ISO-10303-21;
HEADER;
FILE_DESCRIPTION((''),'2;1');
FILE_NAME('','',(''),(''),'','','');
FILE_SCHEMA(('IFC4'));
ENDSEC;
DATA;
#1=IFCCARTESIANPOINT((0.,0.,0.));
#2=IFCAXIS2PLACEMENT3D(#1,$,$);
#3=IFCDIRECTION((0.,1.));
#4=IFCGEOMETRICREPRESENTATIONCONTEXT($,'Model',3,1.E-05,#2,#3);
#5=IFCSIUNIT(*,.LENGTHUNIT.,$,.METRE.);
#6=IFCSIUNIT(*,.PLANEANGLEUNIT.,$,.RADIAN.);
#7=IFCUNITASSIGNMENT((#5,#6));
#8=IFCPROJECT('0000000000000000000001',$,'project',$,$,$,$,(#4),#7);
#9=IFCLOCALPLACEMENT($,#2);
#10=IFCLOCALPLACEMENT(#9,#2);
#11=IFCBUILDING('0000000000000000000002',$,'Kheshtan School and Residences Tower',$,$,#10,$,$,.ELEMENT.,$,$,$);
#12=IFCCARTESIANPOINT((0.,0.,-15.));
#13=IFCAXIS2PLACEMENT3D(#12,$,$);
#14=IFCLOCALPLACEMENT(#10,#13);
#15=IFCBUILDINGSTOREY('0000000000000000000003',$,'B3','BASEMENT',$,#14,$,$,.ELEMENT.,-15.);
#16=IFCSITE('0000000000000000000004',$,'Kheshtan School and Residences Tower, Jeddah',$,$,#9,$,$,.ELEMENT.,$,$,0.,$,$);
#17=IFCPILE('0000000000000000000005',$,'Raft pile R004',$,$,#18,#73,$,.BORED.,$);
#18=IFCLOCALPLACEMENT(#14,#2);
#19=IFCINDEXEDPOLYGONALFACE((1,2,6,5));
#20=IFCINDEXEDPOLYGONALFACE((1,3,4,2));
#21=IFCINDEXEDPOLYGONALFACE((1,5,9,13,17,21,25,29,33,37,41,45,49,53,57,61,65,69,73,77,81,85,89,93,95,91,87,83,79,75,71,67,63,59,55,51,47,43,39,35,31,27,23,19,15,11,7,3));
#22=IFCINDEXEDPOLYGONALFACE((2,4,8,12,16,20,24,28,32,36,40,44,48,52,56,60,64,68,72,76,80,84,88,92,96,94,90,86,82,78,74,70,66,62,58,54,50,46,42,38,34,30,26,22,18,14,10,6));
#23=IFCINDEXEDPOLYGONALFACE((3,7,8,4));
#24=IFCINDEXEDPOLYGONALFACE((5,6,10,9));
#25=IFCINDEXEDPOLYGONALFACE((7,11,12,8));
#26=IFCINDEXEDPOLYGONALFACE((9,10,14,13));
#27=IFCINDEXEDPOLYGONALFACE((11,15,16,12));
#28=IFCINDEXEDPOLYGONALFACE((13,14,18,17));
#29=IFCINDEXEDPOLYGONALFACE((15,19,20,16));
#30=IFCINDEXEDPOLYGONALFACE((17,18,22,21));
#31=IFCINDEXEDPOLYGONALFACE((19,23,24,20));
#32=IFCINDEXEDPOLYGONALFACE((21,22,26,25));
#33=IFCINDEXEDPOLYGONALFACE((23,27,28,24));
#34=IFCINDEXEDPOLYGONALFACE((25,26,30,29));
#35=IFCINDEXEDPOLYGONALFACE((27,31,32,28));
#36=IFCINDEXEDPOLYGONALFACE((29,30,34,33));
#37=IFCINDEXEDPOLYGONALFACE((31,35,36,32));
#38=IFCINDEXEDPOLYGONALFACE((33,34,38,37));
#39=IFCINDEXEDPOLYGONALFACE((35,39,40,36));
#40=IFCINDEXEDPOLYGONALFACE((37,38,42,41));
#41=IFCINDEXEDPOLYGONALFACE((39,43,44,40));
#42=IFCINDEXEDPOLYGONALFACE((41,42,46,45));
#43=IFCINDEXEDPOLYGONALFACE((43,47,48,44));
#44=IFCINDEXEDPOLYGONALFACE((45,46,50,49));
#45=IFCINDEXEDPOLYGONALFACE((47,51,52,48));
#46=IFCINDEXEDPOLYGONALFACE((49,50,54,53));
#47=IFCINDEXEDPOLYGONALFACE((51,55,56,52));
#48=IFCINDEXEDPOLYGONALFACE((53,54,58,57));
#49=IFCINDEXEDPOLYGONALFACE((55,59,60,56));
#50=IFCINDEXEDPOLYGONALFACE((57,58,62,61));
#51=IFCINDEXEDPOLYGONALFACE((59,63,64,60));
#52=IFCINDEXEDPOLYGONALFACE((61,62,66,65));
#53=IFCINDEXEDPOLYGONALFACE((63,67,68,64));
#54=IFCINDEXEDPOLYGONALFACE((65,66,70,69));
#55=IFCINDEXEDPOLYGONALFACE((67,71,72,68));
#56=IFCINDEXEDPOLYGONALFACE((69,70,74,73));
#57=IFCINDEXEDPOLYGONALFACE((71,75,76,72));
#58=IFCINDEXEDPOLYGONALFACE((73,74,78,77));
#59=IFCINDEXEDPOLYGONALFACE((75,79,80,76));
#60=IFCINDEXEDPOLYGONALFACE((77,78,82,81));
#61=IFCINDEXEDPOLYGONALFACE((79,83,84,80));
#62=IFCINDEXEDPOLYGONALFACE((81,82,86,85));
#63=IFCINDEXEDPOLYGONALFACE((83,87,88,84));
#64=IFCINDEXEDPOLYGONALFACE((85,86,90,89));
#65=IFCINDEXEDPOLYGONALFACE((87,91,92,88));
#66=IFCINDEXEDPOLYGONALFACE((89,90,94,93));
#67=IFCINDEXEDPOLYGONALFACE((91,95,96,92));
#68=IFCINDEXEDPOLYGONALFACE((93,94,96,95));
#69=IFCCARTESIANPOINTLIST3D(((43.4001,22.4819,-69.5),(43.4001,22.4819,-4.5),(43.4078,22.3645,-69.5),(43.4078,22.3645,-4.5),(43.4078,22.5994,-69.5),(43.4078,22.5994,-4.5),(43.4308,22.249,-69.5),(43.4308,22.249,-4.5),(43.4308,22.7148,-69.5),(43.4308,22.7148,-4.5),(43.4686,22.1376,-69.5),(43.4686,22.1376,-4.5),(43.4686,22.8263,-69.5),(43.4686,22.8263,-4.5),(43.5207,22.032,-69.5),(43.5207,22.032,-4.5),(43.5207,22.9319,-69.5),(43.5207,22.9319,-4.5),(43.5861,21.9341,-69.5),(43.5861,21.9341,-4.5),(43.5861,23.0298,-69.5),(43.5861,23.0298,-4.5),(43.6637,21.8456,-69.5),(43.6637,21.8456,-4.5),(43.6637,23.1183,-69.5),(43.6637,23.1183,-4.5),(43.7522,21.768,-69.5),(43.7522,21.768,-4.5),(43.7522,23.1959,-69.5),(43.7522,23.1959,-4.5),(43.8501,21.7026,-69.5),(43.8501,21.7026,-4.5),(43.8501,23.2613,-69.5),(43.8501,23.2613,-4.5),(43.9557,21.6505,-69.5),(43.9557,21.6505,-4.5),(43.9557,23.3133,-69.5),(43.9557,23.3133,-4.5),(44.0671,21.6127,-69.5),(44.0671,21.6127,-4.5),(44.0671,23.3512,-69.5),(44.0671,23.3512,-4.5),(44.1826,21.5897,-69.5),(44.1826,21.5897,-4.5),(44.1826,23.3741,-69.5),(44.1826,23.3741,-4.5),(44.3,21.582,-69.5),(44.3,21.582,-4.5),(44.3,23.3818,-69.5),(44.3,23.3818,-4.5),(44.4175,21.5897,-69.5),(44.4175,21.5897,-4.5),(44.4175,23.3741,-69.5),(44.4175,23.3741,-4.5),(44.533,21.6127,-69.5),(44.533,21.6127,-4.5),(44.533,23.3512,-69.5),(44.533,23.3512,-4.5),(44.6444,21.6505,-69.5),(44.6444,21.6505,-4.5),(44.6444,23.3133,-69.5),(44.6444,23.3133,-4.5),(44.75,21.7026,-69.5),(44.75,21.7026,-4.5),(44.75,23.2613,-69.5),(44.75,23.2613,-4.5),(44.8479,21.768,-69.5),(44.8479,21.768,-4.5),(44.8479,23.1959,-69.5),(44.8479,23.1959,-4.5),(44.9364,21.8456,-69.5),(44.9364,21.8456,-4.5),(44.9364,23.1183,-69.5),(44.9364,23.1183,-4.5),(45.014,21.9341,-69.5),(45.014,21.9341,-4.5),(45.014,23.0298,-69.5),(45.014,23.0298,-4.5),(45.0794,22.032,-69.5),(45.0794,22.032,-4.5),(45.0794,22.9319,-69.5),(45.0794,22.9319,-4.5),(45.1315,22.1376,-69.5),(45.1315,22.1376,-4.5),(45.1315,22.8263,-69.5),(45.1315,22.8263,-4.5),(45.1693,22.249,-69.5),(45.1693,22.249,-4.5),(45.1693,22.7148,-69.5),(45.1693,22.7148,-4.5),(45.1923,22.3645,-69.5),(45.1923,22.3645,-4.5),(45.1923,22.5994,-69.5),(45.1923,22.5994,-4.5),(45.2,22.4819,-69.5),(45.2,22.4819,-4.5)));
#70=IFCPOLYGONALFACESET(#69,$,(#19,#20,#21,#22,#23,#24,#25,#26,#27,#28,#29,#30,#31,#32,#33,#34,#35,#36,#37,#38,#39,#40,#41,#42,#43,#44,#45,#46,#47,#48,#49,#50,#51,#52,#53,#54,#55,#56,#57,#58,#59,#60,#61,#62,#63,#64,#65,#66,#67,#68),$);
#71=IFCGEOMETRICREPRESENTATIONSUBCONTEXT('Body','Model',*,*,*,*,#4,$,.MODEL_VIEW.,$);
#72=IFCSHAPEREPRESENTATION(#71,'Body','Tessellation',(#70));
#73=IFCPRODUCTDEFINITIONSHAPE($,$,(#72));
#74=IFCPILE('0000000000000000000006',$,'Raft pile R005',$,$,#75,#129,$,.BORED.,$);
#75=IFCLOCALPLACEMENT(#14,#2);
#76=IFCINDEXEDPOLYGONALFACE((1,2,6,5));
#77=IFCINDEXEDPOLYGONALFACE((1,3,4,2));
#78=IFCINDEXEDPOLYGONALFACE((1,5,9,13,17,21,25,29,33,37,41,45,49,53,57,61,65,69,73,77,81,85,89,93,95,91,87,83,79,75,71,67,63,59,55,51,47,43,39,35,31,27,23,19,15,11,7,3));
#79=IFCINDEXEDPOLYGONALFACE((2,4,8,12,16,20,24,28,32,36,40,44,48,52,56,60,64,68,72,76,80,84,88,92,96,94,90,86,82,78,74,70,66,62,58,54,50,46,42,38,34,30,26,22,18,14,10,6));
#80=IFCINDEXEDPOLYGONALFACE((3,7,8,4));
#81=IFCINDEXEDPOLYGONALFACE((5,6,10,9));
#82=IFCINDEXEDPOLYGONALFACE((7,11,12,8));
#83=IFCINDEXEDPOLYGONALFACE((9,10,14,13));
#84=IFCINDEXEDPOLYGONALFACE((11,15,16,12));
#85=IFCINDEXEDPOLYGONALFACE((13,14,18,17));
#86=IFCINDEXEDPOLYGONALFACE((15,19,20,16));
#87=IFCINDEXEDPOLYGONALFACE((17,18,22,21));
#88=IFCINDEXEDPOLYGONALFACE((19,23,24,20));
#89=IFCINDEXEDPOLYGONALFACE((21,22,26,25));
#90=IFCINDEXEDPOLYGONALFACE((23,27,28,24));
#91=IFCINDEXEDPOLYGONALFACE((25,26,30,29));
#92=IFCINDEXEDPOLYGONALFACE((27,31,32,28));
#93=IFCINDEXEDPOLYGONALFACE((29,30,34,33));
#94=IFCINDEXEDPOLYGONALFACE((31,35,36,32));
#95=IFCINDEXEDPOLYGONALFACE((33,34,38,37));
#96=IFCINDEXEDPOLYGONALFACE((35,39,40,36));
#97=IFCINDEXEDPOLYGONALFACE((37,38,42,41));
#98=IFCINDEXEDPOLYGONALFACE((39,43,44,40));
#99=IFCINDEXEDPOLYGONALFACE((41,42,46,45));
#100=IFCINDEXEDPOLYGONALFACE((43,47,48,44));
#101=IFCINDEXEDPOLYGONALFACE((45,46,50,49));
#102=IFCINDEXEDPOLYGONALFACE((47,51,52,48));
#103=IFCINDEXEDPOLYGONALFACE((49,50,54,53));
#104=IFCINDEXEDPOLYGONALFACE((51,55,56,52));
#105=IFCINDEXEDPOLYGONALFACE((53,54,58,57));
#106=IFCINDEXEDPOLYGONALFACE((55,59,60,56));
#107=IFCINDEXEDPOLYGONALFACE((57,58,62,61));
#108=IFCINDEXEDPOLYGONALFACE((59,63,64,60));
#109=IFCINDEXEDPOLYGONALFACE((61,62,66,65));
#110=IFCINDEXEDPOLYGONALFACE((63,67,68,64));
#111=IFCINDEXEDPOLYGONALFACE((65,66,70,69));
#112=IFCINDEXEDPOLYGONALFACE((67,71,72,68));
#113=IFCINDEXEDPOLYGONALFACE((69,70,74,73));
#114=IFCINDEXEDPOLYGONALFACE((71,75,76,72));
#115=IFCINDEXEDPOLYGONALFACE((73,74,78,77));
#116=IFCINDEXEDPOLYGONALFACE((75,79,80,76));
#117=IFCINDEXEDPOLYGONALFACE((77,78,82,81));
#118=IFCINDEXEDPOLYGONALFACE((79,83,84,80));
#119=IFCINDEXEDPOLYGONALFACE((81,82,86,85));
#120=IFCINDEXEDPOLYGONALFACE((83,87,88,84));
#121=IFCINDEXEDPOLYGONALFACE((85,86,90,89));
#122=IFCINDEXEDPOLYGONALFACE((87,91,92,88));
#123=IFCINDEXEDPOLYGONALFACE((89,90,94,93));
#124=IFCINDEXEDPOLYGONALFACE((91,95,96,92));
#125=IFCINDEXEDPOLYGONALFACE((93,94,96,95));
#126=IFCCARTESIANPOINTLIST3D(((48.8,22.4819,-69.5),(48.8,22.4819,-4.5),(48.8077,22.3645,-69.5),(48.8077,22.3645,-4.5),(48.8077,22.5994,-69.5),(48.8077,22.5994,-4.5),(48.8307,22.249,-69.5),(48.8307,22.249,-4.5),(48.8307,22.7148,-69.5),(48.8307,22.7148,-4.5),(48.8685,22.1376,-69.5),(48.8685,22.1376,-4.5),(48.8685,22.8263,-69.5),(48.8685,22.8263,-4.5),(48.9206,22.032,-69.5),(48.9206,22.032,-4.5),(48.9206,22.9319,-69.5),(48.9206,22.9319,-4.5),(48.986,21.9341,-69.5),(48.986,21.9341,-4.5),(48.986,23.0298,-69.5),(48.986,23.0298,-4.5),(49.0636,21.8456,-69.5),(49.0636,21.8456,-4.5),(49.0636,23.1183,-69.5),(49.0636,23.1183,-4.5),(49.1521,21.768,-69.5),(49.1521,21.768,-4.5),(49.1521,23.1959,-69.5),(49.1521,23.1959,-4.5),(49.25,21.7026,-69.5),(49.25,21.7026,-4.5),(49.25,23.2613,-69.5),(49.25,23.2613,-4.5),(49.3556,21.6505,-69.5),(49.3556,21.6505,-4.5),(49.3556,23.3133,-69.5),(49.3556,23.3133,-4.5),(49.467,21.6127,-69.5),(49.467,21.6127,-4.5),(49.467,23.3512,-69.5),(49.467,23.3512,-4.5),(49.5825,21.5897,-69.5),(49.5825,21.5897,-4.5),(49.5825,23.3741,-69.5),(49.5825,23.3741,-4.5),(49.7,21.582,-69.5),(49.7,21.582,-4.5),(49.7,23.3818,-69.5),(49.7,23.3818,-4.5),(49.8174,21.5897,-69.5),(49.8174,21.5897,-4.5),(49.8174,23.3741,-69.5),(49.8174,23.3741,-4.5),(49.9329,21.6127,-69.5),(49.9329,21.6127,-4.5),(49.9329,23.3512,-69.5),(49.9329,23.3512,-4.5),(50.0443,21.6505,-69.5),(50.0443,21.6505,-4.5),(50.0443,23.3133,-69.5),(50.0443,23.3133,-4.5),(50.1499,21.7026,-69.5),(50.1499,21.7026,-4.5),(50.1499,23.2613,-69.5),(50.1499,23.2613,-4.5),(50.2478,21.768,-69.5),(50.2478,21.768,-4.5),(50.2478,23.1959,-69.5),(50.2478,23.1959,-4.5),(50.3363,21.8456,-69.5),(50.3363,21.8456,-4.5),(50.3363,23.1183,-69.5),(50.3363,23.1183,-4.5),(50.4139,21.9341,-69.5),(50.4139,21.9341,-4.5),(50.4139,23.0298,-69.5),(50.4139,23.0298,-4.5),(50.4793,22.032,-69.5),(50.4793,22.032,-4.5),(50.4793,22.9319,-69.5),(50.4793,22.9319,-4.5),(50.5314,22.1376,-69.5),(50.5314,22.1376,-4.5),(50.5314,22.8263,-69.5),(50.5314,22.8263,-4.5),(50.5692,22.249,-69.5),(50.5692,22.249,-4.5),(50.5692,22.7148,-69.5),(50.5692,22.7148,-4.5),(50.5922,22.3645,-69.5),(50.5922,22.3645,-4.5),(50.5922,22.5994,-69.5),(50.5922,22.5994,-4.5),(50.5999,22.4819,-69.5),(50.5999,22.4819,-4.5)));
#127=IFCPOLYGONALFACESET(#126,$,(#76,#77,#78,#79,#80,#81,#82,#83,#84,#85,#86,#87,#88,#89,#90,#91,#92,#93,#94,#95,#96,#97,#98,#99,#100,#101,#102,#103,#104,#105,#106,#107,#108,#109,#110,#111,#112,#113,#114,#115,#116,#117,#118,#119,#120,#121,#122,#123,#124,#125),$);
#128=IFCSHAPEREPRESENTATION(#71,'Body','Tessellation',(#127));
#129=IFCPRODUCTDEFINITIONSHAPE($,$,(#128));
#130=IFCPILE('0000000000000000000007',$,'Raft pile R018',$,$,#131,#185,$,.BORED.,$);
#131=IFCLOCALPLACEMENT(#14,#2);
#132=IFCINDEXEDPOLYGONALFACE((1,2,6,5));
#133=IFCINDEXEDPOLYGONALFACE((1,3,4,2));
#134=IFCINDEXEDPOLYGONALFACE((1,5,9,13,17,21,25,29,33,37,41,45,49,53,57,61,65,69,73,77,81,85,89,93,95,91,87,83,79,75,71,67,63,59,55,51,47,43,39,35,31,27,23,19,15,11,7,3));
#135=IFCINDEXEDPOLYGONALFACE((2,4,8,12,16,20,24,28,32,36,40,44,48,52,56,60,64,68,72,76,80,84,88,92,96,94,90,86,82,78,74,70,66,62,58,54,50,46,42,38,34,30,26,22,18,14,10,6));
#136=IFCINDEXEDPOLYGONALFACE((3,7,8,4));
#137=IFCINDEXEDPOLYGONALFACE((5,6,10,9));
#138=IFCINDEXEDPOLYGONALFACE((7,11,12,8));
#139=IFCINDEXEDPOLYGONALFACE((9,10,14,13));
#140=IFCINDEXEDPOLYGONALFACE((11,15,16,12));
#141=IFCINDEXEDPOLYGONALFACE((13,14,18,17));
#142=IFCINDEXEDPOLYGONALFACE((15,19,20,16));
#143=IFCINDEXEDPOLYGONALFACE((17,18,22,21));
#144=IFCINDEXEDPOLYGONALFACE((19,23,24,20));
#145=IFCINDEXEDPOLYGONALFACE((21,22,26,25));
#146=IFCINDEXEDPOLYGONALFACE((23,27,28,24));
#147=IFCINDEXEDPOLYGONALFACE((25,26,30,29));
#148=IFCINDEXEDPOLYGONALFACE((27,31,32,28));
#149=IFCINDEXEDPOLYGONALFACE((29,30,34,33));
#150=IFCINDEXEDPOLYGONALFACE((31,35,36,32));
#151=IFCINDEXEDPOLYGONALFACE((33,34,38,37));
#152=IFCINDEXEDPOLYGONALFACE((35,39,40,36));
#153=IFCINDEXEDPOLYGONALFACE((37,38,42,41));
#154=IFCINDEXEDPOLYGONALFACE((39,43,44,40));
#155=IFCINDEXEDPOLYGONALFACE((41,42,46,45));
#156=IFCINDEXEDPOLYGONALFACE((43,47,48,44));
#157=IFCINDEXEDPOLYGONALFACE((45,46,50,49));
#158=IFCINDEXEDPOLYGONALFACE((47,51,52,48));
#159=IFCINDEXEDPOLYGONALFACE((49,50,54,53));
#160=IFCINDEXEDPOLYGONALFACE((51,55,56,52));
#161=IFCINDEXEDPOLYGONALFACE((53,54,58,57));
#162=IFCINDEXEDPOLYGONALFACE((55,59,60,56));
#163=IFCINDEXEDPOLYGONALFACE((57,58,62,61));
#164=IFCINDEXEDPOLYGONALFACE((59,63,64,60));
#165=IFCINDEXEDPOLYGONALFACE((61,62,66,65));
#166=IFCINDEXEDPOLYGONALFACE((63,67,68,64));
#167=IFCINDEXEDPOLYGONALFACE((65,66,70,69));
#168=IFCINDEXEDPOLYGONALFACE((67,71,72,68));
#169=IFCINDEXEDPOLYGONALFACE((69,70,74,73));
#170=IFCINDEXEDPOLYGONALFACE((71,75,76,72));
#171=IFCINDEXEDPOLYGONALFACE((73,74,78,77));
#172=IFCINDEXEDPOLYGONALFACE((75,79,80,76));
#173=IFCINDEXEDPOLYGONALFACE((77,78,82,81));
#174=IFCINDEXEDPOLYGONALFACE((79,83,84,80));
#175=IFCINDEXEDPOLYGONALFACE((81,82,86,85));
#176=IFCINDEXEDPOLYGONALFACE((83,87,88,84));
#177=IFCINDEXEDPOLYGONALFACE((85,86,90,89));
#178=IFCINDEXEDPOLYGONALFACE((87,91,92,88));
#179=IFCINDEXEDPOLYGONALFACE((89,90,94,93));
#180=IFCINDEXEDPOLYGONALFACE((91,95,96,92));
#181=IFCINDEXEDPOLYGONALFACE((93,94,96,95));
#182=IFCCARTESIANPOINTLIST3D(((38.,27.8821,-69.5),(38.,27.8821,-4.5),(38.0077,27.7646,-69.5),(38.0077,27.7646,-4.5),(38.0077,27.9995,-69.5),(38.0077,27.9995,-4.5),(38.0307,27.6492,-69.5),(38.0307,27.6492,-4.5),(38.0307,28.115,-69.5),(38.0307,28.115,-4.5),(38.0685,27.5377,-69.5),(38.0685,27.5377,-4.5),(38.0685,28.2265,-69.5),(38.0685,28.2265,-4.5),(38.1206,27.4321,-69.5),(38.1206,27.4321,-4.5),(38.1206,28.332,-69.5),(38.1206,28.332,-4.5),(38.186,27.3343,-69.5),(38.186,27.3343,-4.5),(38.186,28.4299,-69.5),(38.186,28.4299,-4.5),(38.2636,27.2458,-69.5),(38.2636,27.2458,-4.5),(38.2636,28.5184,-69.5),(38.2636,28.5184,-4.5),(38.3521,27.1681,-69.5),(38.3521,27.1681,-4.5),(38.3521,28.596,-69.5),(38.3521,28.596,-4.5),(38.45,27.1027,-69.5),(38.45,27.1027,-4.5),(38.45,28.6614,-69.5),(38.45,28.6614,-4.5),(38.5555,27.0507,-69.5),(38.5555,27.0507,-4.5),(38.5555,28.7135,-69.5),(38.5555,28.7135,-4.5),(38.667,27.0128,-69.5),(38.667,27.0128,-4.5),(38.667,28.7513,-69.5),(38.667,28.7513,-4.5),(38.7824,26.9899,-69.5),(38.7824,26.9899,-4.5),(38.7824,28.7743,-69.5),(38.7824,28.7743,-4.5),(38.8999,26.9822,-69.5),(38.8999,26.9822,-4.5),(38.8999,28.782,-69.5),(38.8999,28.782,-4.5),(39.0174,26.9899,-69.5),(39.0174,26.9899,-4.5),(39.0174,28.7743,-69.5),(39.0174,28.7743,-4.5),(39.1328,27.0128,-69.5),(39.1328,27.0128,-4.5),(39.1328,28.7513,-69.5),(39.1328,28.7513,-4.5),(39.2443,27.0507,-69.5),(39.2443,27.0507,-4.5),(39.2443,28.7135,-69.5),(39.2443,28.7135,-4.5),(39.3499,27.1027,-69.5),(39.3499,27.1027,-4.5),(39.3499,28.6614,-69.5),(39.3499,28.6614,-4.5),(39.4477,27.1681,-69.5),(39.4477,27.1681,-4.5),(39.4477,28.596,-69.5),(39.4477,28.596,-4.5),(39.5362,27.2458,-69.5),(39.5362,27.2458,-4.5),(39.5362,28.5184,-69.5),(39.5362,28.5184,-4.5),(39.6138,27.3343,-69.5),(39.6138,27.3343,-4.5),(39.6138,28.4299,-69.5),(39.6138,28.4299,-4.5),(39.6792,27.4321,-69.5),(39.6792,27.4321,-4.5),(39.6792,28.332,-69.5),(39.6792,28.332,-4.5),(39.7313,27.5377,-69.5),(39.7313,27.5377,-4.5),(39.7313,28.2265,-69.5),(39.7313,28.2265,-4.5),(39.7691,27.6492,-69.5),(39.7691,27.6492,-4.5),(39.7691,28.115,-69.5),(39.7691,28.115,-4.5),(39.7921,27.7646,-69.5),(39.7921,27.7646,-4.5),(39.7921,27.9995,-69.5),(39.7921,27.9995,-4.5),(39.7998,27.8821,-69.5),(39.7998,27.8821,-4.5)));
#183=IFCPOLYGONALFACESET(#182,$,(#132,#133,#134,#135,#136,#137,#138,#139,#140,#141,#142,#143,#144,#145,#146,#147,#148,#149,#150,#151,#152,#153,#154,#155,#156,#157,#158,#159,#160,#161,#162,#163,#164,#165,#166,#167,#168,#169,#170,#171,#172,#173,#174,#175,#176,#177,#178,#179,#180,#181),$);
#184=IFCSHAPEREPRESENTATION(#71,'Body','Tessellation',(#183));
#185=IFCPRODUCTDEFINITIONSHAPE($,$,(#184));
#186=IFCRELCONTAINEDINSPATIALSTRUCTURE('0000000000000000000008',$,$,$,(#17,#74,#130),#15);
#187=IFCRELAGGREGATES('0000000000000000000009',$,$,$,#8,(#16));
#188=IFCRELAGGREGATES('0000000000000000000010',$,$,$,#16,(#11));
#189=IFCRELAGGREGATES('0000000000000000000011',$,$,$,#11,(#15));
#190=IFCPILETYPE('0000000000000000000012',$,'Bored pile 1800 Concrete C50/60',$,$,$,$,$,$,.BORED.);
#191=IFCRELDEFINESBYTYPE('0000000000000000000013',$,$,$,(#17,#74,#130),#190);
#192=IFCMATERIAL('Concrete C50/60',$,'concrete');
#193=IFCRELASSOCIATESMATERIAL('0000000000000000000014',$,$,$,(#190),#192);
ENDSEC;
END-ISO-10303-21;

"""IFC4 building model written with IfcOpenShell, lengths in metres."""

from ifc_helpers import new_model, si_unit, direction, frame, origin, origin_2d, place, context, subcontext, project, spatial, circle, extrude, material, material_profile, profile_set, type_object, element, save


model = new_model("IFC4")

# Units and contexts
model_context = context("Model", 3, precision=1e-05, world=origin(), true_north=direction((0.0, 1.0)))
body_context = subcontext(model_context, "Body", "Model", "MODEL_VIEW")
ifc_project = project(units=[si_unit("LENGTHUNIT", "METRE"), si_unit("PLANEANGLEUNIT", "RADIAN")], contexts=[model_context])

# Site, building, storey
site_placement = place(None, origin())
site = spatial("IfcSite", under=ifc_project, at=site_placement, Name="Kheshtan School and Residences Tower, Jeddah", CompositionType="ELEMENT", RefElevation=0.0)
building_placement = place(site_placement, origin())
building = spatial("IfcBuilding", under=site, at=building_placement, Name="Kheshtan School and Residences Tower", CompositionType="ELEMENT")
storey_placement = place(building_placement, frame((0.0, 0.0, -15.0)))
storey = spatial("IfcBuildingStorey", under=building, at=storey_placement, Name="B3", Description="BASEMENT", CompositionType="ELEMENT", Elevation=-15.0)

# Piles
ifc_material_1 = material(Name="Concrete C50/60", Category="concrete")
ifc_material_profile_1 = material_profile(ifc_material_1, circle(Radius=0.8999, at=origin_2d()), Name="BP 1800")
ifc_profile_set_1 = profile_set([ifc_material_profile_1], Name="Concrete C50/60")
pile_type_1 = type_object("IfcPileType", Name="Bored pile 1800 Concrete C50/60", PredefinedType="BORED", material=ifc_profile_set_1)
for number, where, z_axis, x_axis, name in (
    (1, (44.3, 22.4819, -4.5), (0.0, 0.0, -1.0), (1.0, 0.0, 0.0), "Raft pile R004"),
    (2, (49.7, 22.4819, -4.5), (0.0, 0.0, -1.0), (1.0, 0.0, 0.0), "Raft pile R005"),
    (3, (38.8999, 27.8821, -4.5), (0.0, 0.0, -1.0), (1.0, 0.0, 0.0), "Raft pile R018"),
):
    element("IfcPile", number, at=place(storey_placement, frame(where, z_axis=z_axis, x_axis=x_axis)), inside=storey, type_object=pile_type_1, Name=name, PredefinedType="BORED", context=body_context, shape_type="SweptSolid", body=[
        extrude(circle(Radius=0.8999, at=origin_2d()), origin(), (0.0, 0.0, 1.0), 65.0),
    ])

save(model, "model.ifc")
